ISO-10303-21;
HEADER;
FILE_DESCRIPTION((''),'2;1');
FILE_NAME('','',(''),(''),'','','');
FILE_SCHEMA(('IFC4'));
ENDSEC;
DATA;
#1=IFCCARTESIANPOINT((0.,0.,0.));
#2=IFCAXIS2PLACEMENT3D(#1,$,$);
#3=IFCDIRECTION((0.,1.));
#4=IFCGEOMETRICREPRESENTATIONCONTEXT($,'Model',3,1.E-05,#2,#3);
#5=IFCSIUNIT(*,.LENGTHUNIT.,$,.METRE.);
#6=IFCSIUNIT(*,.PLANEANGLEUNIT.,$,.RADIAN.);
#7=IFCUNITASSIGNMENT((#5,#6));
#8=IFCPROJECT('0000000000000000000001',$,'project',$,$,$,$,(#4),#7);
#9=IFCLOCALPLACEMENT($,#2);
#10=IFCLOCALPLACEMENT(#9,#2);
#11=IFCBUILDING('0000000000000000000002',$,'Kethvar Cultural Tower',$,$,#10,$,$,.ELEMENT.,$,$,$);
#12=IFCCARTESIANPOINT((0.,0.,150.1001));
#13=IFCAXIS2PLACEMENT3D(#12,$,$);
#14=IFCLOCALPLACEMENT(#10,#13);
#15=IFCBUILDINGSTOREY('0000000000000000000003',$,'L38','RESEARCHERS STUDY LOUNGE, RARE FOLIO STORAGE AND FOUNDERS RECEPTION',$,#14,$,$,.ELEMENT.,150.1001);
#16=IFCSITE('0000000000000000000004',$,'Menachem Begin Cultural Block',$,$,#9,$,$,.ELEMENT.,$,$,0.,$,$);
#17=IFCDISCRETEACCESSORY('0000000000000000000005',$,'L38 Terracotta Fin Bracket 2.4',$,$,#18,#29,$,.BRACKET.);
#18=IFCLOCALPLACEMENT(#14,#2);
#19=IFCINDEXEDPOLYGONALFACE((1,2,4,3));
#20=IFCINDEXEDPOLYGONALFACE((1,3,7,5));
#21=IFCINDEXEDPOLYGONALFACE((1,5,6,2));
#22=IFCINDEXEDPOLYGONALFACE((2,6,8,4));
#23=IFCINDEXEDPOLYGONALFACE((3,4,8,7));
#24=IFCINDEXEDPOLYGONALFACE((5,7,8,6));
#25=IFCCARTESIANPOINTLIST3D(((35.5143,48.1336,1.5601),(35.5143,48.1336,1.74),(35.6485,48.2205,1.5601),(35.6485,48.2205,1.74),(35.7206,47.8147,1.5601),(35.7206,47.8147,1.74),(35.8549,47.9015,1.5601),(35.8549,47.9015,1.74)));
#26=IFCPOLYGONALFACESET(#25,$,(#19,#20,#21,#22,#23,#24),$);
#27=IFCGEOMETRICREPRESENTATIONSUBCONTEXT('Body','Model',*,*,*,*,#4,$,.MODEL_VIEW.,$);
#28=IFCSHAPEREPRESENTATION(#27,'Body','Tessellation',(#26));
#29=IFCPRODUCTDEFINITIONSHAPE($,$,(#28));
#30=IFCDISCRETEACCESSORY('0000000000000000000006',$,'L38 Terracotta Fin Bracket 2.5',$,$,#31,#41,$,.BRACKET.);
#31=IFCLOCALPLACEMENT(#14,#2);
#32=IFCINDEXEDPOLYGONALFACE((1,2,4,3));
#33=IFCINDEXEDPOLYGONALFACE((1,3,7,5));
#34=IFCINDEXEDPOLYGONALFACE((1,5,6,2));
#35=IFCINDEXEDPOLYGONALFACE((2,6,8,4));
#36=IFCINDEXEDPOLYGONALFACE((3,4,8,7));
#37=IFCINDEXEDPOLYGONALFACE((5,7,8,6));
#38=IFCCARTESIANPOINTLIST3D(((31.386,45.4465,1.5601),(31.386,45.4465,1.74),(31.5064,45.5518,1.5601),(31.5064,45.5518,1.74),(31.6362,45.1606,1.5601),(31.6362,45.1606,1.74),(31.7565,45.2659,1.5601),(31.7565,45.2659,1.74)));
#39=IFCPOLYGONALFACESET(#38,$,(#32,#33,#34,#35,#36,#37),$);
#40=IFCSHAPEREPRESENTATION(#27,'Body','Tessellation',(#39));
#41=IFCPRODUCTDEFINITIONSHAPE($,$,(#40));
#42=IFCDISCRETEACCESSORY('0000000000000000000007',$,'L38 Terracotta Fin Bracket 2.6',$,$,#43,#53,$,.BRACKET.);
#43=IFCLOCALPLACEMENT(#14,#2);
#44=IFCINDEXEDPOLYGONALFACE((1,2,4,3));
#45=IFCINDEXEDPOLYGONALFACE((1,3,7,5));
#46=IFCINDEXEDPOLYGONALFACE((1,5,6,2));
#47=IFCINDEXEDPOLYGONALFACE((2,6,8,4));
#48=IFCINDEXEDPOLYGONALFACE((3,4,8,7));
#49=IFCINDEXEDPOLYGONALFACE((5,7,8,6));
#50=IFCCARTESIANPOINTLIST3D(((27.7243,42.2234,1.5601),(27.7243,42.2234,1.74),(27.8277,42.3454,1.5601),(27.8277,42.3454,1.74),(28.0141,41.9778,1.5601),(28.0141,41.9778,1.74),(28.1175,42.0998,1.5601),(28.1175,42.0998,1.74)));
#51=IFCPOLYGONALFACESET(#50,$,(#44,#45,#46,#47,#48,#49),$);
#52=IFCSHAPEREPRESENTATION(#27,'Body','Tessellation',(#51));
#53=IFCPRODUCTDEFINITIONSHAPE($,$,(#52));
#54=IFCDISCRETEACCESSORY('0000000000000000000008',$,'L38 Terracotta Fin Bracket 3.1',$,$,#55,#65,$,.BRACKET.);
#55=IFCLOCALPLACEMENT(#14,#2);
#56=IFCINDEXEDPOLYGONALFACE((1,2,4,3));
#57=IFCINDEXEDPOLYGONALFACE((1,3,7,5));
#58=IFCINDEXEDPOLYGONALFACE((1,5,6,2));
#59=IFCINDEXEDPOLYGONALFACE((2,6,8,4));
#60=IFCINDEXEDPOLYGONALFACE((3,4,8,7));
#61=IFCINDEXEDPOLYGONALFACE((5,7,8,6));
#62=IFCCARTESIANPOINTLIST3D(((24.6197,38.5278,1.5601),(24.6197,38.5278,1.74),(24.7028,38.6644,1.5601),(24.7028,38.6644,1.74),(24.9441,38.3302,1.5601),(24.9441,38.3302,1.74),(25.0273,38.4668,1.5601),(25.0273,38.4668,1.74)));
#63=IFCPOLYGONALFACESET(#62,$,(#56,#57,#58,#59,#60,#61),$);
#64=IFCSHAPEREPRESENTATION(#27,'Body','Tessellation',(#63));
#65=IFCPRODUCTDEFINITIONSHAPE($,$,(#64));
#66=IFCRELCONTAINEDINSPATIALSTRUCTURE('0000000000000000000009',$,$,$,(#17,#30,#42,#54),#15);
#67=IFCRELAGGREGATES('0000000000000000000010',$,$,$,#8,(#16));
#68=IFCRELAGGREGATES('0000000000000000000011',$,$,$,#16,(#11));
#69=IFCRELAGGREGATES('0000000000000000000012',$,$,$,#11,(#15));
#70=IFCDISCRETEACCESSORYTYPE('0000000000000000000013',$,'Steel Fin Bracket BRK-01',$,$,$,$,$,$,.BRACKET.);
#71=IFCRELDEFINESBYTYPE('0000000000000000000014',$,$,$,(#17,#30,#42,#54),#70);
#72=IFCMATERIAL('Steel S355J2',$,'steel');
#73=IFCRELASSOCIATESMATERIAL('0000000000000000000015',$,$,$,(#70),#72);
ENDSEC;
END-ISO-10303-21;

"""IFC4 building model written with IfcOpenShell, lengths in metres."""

from ifc_helpers import new_model, si_unit, direction, frame, origin, origin_2d, place, context, subcontext, project, spatial, rectangle, extrude, source, transform, mapped, material, type_object, element, save


model = new_model("IFC4")

# Units and contexts
model_context = context("Model", 3, precision=1e-05, world=origin(), true_north=direction((0.0, 1.0)))
body_context = subcontext(model_context, "Body", "Model", "MODEL_VIEW")
ifc_project = project(units=[si_unit("LENGTHUNIT", "METRE"), si_unit("PLANEANGLEUNIT", "RADIAN")], contexts=[model_context])

# Site, building, storey
site_placement = place(None, origin())
site = spatial("IfcSite", under=ifc_project, at=site_placement, Name="Menachem Begin Cultural Block", CompositionType="ELEMENT", RefElevation=0.0)
building_placement = place(site_placement, origin())
building = spatial("IfcBuilding", under=site, at=building_placement, Name="Kethvar Cultural Tower", CompositionType="ELEMENT")
storey_placement = place(building_placement, frame((0.0, 0.0, 150.1001)))
storey = spatial("IfcBuildingStorey", under=building, at=storey_placement, Name="L38", Description="RESEARCHERS STUDY LOUNGE, RARE FOLIO STORAGE AND FOUNDERS RECEPTION", CompositionType="ELEMENT", Elevation=150.1001)

# Shared definitions
ifc_material_1 = material(Name="Steel S355J2", Category="steel")

# Discrete accessories
discrete_accessory_type = type_object("IfcDiscreteAccessoryType", Name="Steel Fin Bracket BRK-01", PredefinedType="BRACKET", material=ifc_material_1)
shared_shape_1 = source(origin(), body_context, "Body", "SweptSolid", [
    extrude(rectangle(XDim=0.3799, YDim=0.1599, at=origin_2d()), origin(), (0.0, 0.0, 1.0), 0.1799),
])
for number, where, z_axis, x_axis, name in (
    (1, (35.6846, 48.0176, 1.5601), (0.0, 0.0, 1.0), (-0.543174, 0.83962, 0.0), "L38 Terracotta Fin Bracket 2.4"),
    (2, (31.5713, 45.3562, 1.5601), (0.0, 0.0, 1.0), (-0.658558, 0.75253, 0.0), "L38 Terracotta Fin Bracket 2.5"),
    (3, (27.9209, 42.1616, 1.5601), (0.0, 0.0, 1.0), (-0.762894, 0.646524, 0.0), "L38 Terracotta Fin Bracket 2.6"),
    (4, (24.8235, 38.4973, 1.5601), (0.0, 0.0, 1.0), (-0.854096, 0.520116, 0.0), "L38 Terracotta Fin Bracket 3.1"),
):
    element("IfcDiscreteAccessory", number, at=place(storey_placement, frame(where, z_axis=z_axis, x_axis=x_axis)), inside=storey, type_object=discrete_accessory_type, Name=name, PredefinedType="BRACKET", context=body_context, shape_type="MappedRepresentation", body=[
        mapped(shared_shape_1, transform((0.0, 0.0, 0.0), scale=1.0)),
    ])

save(model, "model.ifc")
